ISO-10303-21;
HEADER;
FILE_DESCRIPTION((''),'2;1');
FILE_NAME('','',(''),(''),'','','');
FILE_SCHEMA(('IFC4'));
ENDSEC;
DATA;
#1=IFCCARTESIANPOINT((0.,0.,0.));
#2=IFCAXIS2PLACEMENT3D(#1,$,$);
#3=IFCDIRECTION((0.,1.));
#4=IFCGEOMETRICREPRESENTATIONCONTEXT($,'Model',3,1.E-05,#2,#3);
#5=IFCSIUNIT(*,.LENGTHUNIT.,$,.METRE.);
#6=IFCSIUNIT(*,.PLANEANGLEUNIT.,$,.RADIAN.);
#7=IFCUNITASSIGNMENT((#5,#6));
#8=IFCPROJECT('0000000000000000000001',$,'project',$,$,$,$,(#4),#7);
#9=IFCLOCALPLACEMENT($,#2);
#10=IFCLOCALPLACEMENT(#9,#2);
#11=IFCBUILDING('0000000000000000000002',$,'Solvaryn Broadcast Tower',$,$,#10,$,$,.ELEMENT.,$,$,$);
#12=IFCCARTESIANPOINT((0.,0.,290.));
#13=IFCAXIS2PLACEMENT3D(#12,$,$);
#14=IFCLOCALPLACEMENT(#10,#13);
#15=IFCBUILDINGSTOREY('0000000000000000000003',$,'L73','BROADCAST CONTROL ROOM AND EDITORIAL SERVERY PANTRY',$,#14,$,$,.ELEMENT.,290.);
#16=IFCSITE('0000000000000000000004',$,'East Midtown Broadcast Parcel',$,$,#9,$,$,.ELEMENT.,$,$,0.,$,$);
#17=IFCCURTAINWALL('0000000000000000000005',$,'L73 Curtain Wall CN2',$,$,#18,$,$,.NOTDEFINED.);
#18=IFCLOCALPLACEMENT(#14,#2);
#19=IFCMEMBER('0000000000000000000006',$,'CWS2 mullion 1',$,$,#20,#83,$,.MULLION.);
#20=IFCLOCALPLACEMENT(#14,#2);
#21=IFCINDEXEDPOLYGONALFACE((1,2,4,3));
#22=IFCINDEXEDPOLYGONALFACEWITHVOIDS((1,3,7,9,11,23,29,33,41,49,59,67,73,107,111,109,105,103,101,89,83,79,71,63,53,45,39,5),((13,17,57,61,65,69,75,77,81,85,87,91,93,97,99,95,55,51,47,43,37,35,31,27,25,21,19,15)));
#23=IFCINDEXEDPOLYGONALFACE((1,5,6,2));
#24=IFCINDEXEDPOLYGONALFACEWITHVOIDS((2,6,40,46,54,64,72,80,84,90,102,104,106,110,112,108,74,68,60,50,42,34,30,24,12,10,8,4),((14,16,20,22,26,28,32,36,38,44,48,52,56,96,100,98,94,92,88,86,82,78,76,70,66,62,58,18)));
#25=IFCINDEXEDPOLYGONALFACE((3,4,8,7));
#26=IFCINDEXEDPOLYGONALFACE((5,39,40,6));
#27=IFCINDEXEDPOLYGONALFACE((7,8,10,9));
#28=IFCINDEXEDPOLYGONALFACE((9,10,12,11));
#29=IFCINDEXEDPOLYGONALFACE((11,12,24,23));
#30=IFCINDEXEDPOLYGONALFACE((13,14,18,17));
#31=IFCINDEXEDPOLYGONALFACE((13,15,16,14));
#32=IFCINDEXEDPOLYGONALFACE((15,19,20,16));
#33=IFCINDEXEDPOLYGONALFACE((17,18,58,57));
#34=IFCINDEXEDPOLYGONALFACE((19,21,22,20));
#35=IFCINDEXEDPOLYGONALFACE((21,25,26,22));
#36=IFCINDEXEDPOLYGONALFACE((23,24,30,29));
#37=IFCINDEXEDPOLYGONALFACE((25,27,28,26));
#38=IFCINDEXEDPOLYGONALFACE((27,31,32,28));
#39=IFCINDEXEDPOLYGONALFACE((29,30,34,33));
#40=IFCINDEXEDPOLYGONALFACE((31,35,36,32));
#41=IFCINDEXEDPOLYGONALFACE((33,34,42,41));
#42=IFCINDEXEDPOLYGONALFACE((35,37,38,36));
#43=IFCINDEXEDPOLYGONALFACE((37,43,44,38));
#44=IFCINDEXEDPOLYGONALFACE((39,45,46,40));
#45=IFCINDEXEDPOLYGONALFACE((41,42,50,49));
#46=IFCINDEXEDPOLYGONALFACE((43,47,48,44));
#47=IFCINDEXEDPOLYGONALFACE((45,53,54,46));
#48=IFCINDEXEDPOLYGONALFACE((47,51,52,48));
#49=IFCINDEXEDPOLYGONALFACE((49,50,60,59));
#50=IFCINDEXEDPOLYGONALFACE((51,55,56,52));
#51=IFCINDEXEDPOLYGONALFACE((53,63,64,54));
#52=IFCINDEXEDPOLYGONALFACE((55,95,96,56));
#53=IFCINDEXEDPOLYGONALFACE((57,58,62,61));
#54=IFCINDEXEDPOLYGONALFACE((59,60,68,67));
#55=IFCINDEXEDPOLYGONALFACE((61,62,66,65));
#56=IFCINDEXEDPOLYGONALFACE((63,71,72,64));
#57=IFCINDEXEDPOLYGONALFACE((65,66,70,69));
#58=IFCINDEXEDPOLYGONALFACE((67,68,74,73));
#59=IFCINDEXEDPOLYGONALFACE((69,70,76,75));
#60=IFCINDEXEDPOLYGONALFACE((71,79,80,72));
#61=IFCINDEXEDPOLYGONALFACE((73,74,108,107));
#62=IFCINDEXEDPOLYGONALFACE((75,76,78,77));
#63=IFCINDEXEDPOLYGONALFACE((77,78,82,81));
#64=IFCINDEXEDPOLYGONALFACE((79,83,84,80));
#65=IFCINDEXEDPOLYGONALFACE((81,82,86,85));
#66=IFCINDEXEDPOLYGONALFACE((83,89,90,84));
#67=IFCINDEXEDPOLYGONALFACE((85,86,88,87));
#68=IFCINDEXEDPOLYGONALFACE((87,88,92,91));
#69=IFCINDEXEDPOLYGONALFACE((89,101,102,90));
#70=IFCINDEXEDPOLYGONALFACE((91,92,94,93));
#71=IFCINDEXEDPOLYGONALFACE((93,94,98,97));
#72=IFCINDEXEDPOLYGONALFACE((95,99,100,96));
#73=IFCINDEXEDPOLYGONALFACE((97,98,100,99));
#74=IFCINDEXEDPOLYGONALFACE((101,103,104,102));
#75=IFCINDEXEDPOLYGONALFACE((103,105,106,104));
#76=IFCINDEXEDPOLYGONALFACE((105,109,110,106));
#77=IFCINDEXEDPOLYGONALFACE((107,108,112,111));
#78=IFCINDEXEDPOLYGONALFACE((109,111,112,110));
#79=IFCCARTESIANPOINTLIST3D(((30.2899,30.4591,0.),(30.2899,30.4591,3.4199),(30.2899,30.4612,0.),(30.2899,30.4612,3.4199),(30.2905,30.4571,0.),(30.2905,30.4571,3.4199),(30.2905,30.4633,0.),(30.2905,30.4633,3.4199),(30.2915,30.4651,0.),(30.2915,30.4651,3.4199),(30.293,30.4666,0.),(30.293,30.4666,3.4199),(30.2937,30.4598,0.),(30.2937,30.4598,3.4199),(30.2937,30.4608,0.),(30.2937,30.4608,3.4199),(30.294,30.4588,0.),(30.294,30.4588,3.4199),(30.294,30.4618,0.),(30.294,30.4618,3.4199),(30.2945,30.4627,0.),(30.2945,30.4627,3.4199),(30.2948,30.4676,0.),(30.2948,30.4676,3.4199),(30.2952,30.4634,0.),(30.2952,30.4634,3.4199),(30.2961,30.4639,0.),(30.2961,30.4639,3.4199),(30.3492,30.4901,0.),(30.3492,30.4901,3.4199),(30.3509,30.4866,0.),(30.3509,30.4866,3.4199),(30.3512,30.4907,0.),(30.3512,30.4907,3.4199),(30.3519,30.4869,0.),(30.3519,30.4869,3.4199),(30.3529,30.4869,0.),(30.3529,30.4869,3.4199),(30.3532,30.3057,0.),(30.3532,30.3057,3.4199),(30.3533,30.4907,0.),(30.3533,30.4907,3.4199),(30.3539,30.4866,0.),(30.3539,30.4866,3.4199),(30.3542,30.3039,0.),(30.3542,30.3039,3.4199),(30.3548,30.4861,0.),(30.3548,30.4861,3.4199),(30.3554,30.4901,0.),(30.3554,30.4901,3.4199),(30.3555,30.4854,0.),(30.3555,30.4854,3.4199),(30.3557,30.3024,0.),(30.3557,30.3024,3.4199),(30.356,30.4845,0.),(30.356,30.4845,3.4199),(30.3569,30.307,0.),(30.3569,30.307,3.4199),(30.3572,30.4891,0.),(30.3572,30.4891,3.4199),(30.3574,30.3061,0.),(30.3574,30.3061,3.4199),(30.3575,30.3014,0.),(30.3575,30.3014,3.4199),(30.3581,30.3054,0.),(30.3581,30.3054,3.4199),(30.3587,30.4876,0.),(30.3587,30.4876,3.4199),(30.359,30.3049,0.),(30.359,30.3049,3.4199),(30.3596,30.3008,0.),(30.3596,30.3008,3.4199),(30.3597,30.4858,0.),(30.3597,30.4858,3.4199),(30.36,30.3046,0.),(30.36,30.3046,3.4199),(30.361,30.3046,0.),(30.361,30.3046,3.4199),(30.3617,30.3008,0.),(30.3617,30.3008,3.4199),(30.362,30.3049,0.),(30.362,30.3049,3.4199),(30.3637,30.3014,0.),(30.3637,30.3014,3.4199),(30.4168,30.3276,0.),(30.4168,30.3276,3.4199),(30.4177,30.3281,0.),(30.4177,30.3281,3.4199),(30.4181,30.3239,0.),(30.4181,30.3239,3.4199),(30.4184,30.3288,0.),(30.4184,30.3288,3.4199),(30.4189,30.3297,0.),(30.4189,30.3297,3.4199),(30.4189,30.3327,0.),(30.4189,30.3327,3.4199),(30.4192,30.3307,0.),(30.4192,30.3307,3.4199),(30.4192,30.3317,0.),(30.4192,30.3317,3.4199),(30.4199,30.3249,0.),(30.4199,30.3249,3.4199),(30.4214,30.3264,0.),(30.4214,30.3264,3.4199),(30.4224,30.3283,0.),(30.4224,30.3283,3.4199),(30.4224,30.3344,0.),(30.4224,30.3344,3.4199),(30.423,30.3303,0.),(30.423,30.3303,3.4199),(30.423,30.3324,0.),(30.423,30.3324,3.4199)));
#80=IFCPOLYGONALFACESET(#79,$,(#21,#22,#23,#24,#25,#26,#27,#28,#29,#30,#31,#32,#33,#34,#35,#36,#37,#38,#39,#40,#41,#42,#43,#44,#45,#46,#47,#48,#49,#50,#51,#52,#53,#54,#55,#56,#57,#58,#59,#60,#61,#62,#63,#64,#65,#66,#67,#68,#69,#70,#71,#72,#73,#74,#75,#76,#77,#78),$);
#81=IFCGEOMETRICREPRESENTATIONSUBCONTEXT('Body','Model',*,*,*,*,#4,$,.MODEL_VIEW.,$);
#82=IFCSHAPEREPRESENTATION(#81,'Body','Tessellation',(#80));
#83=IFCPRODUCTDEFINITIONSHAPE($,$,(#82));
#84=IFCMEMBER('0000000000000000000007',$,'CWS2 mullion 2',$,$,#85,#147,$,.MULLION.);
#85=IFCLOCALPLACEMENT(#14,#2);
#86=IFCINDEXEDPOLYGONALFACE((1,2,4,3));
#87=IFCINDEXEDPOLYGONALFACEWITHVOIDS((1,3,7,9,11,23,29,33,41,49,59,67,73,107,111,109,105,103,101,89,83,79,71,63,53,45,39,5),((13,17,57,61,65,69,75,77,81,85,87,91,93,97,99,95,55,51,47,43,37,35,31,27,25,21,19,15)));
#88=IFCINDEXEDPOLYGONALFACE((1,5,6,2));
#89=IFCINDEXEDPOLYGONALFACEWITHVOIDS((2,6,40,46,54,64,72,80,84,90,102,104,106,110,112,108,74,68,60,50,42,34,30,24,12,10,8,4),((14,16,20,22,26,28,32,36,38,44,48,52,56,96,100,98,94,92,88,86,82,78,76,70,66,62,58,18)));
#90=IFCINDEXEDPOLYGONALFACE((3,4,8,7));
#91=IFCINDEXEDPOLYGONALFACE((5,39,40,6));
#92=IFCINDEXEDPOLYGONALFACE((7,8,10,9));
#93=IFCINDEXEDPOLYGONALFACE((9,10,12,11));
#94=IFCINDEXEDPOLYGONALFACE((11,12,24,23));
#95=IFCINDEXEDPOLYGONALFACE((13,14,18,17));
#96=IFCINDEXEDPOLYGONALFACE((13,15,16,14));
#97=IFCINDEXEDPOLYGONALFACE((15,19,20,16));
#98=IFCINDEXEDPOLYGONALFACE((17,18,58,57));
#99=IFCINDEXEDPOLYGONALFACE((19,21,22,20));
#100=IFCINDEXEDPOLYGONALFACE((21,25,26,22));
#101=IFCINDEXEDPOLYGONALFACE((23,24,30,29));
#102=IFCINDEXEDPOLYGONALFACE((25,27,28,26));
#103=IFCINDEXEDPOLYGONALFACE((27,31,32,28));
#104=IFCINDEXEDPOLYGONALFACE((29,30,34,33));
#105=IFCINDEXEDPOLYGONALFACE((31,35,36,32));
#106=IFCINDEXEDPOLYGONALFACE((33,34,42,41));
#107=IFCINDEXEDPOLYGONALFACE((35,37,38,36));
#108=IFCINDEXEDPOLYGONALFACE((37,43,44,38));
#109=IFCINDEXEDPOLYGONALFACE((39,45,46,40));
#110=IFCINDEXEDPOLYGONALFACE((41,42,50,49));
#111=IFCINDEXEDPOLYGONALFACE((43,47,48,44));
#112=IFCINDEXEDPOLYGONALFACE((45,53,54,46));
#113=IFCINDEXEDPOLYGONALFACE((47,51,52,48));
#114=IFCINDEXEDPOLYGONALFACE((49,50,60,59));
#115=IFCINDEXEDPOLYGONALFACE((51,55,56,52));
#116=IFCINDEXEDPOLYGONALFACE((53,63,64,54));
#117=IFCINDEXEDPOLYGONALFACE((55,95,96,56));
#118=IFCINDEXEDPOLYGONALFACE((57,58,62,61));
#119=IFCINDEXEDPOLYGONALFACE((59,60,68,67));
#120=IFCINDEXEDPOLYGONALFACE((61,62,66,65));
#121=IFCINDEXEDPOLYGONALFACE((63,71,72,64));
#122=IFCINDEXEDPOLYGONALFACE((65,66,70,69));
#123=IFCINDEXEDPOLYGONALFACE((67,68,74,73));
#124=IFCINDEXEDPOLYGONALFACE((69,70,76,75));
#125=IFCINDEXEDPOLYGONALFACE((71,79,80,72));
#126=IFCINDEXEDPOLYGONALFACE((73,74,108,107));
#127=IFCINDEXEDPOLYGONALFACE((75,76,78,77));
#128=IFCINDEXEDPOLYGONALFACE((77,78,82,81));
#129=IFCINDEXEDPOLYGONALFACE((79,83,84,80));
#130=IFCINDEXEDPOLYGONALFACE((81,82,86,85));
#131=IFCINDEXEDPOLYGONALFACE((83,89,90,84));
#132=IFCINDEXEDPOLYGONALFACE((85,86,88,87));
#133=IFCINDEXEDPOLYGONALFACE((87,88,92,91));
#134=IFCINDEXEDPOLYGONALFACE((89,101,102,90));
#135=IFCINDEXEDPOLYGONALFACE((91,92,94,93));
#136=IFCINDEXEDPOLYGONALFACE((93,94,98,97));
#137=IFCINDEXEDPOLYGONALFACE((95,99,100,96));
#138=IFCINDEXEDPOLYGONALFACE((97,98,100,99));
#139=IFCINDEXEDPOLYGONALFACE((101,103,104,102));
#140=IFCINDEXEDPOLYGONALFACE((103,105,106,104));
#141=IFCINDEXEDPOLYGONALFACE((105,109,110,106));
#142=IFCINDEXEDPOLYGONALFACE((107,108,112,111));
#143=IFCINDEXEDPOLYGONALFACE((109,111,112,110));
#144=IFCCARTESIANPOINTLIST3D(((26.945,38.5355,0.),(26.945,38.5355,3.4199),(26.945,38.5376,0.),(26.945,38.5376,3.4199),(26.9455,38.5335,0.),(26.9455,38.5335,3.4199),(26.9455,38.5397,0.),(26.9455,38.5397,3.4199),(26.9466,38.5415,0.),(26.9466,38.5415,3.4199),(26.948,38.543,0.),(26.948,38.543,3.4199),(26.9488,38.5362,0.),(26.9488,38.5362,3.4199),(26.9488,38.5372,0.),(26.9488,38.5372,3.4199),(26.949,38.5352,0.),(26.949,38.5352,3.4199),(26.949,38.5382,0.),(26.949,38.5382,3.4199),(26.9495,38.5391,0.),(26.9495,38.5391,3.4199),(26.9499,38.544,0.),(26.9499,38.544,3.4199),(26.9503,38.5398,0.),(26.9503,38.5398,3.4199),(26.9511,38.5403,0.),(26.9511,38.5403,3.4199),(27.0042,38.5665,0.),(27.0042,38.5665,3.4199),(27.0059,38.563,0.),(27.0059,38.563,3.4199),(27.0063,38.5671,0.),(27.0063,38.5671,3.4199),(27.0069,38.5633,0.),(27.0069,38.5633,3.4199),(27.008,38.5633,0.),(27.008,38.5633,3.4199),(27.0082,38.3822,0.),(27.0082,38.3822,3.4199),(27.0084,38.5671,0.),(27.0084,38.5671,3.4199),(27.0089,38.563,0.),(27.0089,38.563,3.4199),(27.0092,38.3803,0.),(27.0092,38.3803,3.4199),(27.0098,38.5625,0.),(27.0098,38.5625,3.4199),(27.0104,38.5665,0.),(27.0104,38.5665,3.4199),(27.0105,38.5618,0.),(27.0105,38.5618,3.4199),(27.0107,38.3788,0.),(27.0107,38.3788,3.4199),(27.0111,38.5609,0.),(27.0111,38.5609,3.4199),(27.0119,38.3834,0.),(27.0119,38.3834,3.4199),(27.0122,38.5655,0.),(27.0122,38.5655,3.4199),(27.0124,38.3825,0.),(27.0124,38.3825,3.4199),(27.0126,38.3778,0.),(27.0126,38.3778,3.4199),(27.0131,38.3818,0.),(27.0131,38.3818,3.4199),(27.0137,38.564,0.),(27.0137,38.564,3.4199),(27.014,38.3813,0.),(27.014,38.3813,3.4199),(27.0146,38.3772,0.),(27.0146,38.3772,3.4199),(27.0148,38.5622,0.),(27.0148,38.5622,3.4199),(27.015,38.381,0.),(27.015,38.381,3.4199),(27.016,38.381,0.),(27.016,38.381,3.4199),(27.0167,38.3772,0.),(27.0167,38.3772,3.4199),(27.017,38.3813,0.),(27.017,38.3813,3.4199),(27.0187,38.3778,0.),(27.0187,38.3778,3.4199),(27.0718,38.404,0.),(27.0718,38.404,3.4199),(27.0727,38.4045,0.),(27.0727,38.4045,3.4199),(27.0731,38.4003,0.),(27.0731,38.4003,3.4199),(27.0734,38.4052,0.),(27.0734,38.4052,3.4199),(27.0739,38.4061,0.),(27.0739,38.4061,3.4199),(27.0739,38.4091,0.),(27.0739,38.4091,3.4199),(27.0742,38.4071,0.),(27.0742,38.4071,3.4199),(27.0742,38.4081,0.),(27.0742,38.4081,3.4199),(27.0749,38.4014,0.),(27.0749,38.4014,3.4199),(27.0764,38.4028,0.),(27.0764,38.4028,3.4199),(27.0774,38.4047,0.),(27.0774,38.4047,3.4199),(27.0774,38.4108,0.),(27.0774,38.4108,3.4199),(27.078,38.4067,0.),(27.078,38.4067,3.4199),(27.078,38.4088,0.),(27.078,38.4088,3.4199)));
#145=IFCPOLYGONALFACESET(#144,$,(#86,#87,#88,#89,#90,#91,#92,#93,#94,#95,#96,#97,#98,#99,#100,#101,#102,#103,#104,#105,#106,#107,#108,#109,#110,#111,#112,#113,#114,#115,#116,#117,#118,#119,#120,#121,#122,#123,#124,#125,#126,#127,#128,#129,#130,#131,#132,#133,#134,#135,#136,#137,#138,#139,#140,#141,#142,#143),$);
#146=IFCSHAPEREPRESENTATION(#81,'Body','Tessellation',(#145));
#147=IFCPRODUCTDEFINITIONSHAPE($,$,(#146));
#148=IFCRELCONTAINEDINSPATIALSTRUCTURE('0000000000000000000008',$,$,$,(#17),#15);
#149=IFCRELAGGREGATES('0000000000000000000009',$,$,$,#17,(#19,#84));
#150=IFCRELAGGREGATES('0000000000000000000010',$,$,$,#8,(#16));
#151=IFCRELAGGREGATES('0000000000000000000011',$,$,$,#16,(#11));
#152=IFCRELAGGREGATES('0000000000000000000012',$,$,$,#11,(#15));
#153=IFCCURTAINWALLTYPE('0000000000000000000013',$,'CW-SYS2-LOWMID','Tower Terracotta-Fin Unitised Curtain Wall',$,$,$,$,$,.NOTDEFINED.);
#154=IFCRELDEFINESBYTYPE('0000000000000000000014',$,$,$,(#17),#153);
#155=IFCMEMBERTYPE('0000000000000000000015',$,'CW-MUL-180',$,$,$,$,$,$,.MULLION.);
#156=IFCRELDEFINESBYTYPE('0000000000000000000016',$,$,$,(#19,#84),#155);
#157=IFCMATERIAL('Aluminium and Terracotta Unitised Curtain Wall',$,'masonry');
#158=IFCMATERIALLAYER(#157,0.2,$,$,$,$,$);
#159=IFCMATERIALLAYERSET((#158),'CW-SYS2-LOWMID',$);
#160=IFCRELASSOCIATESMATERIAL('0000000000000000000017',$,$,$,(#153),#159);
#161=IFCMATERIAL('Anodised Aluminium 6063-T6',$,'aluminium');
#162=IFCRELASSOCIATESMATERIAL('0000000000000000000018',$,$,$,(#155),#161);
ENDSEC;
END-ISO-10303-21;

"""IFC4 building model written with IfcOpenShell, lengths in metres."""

from ifc_helpers import new_model, si_unit, direction, frame, origin, origin_2d, place, context, subcontext, project, spatial, hollow_rectangle, extrude, material, layer, layer_set, material_profile, profile_set, type_object, element, aggregate, save


model = new_model("IFC4")

# Units and contexts
model_context = context("Model", 3, precision=1e-05, world=origin(), true_north=direction((0.0, 1.0)))
body_context = subcontext(model_context, "Body", "Model", "MODEL_VIEW")
ifc_project = project(units=[si_unit("LENGTHUNIT", "METRE"), si_unit("PLANEANGLEUNIT", "RADIAN")], contexts=[model_context])

# Site, building, storey
site_placement = place(None, origin())
site = spatial("IfcSite", under=ifc_project, at=site_placement, Name="East Midtown Broadcast Parcel", CompositionType="ELEMENT", RefElevation=0.0)
building_placement = place(site_placement, origin())
building = spatial("IfcBuilding", under=site, at=building_placement, Name="Solvaryn Broadcast Tower", CompositionType="ELEMENT")
storey_placement = place(building_placement, frame((0.0, 0.0, 290.0)))
storey = spatial("IfcBuildingStorey", under=building, at=storey_placement, Name="L73", Description="BROADCAST CONTROL ROOM AND EDITORIAL SERVERY PANTRY", CompositionType="ELEMENT", Elevation=290.0)

# Shared definitions
ifc_material_1 = material(Name="Aluminium and Terracotta Unitised Curtain Wall", Category="masonry")
ifc_layer_1 = layer(ifc_material_1, 0.2)
ifc_layer_set_1 = layer_set([ifc_layer_1], Name="CW-SYS2-LOWMID")
curtain_wall_type = type_object("IfcCurtainWallType", Name="CW-SYS2-LOWMID", Description="Tower Terracotta-Fin Unitised Curtain Wall", PredefinedType="NOTDEFINED", material=ifc_layer_set_1)
ifc_material_2 = material(Name="Anodised Aluminium 6063-T6", Category="aluminium")
ifc_material_profile_1 = material_profile(ifc_material_2, hollow_rectangle(XDim=0.075, YDim=0.1799, WallThickness=0.0039, InnerFilletRadius=0.0039, OuterFilletRadius=0.0081, at=origin_2d()))
ifc_profile_set_1 = profile_set([ifc_material_profile_1], Name="Anodised Aluminium 6063-T6")
member_type_1 = type_object("IfcMemberType", Name="CW-MUL-180", PredefinedType="MULLION", material=ifc_profile_set_1)

# Curtain wall, members
curtain_wall_1_placement = place(storey_placement, origin())
curtain_wall_1 = element("IfcCurtainWall", 1, at=curtain_wall_1_placement, inside=storey, type_object=curtain_wall_type, Name="L73 Curtain Wall CN2", PredefinedType="NOTDEFINED")
member_1_placement = place(storey_placement, frame((30.3564, 30.3958, 0.0), z_axis=(0.0, 0.0, 1.0), x_axis=(-0.923895, -0.382646, 0.0)))
member_1 = element("IfcMember", 2, at=member_1_placement, type_object=member_type_1, Name="CWS2 mullion 1", PredefinedType="MULLION", context=body_context, shape_type="SweptSolid", body=[
    extrude(hollow_rectangle(XDim=0.075, YDim=0.1799, WallThickness=0.0039, InnerFilletRadius=0.0039, OuterFilletRadius=0.0081, at=origin_2d()), origin(), (0.0, 0.0, 1.0), 3.4199),
])
member_2_placement = place(storey_placement, frame((27.0115, 38.4722, 0.0), z_axis=(0.0, 0.0, 1.0), x_axis=(-0.923895, -0.382646, 0.0)))
member_2 = element("IfcMember", 3, at=member_2_placement, type_object=member_type_1, Name="CWS2 mullion 2", PredefinedType="MULLION", context=body_context, shape_type="SweptSolid", body=[
    extrude(hollow_rectangle(XDim=0.075, YDim=0.1799, WallThickness=0.0039, InnerFilletRadius=0.0039, OuterFilletRadius=0.0081, at=origin_2d()), origin(), (0.0, 0.0, 1.0), 3.4199),
])

aggregate(curtain_wall_1, [member_1, member_2])

save(model, "model.ifc")
